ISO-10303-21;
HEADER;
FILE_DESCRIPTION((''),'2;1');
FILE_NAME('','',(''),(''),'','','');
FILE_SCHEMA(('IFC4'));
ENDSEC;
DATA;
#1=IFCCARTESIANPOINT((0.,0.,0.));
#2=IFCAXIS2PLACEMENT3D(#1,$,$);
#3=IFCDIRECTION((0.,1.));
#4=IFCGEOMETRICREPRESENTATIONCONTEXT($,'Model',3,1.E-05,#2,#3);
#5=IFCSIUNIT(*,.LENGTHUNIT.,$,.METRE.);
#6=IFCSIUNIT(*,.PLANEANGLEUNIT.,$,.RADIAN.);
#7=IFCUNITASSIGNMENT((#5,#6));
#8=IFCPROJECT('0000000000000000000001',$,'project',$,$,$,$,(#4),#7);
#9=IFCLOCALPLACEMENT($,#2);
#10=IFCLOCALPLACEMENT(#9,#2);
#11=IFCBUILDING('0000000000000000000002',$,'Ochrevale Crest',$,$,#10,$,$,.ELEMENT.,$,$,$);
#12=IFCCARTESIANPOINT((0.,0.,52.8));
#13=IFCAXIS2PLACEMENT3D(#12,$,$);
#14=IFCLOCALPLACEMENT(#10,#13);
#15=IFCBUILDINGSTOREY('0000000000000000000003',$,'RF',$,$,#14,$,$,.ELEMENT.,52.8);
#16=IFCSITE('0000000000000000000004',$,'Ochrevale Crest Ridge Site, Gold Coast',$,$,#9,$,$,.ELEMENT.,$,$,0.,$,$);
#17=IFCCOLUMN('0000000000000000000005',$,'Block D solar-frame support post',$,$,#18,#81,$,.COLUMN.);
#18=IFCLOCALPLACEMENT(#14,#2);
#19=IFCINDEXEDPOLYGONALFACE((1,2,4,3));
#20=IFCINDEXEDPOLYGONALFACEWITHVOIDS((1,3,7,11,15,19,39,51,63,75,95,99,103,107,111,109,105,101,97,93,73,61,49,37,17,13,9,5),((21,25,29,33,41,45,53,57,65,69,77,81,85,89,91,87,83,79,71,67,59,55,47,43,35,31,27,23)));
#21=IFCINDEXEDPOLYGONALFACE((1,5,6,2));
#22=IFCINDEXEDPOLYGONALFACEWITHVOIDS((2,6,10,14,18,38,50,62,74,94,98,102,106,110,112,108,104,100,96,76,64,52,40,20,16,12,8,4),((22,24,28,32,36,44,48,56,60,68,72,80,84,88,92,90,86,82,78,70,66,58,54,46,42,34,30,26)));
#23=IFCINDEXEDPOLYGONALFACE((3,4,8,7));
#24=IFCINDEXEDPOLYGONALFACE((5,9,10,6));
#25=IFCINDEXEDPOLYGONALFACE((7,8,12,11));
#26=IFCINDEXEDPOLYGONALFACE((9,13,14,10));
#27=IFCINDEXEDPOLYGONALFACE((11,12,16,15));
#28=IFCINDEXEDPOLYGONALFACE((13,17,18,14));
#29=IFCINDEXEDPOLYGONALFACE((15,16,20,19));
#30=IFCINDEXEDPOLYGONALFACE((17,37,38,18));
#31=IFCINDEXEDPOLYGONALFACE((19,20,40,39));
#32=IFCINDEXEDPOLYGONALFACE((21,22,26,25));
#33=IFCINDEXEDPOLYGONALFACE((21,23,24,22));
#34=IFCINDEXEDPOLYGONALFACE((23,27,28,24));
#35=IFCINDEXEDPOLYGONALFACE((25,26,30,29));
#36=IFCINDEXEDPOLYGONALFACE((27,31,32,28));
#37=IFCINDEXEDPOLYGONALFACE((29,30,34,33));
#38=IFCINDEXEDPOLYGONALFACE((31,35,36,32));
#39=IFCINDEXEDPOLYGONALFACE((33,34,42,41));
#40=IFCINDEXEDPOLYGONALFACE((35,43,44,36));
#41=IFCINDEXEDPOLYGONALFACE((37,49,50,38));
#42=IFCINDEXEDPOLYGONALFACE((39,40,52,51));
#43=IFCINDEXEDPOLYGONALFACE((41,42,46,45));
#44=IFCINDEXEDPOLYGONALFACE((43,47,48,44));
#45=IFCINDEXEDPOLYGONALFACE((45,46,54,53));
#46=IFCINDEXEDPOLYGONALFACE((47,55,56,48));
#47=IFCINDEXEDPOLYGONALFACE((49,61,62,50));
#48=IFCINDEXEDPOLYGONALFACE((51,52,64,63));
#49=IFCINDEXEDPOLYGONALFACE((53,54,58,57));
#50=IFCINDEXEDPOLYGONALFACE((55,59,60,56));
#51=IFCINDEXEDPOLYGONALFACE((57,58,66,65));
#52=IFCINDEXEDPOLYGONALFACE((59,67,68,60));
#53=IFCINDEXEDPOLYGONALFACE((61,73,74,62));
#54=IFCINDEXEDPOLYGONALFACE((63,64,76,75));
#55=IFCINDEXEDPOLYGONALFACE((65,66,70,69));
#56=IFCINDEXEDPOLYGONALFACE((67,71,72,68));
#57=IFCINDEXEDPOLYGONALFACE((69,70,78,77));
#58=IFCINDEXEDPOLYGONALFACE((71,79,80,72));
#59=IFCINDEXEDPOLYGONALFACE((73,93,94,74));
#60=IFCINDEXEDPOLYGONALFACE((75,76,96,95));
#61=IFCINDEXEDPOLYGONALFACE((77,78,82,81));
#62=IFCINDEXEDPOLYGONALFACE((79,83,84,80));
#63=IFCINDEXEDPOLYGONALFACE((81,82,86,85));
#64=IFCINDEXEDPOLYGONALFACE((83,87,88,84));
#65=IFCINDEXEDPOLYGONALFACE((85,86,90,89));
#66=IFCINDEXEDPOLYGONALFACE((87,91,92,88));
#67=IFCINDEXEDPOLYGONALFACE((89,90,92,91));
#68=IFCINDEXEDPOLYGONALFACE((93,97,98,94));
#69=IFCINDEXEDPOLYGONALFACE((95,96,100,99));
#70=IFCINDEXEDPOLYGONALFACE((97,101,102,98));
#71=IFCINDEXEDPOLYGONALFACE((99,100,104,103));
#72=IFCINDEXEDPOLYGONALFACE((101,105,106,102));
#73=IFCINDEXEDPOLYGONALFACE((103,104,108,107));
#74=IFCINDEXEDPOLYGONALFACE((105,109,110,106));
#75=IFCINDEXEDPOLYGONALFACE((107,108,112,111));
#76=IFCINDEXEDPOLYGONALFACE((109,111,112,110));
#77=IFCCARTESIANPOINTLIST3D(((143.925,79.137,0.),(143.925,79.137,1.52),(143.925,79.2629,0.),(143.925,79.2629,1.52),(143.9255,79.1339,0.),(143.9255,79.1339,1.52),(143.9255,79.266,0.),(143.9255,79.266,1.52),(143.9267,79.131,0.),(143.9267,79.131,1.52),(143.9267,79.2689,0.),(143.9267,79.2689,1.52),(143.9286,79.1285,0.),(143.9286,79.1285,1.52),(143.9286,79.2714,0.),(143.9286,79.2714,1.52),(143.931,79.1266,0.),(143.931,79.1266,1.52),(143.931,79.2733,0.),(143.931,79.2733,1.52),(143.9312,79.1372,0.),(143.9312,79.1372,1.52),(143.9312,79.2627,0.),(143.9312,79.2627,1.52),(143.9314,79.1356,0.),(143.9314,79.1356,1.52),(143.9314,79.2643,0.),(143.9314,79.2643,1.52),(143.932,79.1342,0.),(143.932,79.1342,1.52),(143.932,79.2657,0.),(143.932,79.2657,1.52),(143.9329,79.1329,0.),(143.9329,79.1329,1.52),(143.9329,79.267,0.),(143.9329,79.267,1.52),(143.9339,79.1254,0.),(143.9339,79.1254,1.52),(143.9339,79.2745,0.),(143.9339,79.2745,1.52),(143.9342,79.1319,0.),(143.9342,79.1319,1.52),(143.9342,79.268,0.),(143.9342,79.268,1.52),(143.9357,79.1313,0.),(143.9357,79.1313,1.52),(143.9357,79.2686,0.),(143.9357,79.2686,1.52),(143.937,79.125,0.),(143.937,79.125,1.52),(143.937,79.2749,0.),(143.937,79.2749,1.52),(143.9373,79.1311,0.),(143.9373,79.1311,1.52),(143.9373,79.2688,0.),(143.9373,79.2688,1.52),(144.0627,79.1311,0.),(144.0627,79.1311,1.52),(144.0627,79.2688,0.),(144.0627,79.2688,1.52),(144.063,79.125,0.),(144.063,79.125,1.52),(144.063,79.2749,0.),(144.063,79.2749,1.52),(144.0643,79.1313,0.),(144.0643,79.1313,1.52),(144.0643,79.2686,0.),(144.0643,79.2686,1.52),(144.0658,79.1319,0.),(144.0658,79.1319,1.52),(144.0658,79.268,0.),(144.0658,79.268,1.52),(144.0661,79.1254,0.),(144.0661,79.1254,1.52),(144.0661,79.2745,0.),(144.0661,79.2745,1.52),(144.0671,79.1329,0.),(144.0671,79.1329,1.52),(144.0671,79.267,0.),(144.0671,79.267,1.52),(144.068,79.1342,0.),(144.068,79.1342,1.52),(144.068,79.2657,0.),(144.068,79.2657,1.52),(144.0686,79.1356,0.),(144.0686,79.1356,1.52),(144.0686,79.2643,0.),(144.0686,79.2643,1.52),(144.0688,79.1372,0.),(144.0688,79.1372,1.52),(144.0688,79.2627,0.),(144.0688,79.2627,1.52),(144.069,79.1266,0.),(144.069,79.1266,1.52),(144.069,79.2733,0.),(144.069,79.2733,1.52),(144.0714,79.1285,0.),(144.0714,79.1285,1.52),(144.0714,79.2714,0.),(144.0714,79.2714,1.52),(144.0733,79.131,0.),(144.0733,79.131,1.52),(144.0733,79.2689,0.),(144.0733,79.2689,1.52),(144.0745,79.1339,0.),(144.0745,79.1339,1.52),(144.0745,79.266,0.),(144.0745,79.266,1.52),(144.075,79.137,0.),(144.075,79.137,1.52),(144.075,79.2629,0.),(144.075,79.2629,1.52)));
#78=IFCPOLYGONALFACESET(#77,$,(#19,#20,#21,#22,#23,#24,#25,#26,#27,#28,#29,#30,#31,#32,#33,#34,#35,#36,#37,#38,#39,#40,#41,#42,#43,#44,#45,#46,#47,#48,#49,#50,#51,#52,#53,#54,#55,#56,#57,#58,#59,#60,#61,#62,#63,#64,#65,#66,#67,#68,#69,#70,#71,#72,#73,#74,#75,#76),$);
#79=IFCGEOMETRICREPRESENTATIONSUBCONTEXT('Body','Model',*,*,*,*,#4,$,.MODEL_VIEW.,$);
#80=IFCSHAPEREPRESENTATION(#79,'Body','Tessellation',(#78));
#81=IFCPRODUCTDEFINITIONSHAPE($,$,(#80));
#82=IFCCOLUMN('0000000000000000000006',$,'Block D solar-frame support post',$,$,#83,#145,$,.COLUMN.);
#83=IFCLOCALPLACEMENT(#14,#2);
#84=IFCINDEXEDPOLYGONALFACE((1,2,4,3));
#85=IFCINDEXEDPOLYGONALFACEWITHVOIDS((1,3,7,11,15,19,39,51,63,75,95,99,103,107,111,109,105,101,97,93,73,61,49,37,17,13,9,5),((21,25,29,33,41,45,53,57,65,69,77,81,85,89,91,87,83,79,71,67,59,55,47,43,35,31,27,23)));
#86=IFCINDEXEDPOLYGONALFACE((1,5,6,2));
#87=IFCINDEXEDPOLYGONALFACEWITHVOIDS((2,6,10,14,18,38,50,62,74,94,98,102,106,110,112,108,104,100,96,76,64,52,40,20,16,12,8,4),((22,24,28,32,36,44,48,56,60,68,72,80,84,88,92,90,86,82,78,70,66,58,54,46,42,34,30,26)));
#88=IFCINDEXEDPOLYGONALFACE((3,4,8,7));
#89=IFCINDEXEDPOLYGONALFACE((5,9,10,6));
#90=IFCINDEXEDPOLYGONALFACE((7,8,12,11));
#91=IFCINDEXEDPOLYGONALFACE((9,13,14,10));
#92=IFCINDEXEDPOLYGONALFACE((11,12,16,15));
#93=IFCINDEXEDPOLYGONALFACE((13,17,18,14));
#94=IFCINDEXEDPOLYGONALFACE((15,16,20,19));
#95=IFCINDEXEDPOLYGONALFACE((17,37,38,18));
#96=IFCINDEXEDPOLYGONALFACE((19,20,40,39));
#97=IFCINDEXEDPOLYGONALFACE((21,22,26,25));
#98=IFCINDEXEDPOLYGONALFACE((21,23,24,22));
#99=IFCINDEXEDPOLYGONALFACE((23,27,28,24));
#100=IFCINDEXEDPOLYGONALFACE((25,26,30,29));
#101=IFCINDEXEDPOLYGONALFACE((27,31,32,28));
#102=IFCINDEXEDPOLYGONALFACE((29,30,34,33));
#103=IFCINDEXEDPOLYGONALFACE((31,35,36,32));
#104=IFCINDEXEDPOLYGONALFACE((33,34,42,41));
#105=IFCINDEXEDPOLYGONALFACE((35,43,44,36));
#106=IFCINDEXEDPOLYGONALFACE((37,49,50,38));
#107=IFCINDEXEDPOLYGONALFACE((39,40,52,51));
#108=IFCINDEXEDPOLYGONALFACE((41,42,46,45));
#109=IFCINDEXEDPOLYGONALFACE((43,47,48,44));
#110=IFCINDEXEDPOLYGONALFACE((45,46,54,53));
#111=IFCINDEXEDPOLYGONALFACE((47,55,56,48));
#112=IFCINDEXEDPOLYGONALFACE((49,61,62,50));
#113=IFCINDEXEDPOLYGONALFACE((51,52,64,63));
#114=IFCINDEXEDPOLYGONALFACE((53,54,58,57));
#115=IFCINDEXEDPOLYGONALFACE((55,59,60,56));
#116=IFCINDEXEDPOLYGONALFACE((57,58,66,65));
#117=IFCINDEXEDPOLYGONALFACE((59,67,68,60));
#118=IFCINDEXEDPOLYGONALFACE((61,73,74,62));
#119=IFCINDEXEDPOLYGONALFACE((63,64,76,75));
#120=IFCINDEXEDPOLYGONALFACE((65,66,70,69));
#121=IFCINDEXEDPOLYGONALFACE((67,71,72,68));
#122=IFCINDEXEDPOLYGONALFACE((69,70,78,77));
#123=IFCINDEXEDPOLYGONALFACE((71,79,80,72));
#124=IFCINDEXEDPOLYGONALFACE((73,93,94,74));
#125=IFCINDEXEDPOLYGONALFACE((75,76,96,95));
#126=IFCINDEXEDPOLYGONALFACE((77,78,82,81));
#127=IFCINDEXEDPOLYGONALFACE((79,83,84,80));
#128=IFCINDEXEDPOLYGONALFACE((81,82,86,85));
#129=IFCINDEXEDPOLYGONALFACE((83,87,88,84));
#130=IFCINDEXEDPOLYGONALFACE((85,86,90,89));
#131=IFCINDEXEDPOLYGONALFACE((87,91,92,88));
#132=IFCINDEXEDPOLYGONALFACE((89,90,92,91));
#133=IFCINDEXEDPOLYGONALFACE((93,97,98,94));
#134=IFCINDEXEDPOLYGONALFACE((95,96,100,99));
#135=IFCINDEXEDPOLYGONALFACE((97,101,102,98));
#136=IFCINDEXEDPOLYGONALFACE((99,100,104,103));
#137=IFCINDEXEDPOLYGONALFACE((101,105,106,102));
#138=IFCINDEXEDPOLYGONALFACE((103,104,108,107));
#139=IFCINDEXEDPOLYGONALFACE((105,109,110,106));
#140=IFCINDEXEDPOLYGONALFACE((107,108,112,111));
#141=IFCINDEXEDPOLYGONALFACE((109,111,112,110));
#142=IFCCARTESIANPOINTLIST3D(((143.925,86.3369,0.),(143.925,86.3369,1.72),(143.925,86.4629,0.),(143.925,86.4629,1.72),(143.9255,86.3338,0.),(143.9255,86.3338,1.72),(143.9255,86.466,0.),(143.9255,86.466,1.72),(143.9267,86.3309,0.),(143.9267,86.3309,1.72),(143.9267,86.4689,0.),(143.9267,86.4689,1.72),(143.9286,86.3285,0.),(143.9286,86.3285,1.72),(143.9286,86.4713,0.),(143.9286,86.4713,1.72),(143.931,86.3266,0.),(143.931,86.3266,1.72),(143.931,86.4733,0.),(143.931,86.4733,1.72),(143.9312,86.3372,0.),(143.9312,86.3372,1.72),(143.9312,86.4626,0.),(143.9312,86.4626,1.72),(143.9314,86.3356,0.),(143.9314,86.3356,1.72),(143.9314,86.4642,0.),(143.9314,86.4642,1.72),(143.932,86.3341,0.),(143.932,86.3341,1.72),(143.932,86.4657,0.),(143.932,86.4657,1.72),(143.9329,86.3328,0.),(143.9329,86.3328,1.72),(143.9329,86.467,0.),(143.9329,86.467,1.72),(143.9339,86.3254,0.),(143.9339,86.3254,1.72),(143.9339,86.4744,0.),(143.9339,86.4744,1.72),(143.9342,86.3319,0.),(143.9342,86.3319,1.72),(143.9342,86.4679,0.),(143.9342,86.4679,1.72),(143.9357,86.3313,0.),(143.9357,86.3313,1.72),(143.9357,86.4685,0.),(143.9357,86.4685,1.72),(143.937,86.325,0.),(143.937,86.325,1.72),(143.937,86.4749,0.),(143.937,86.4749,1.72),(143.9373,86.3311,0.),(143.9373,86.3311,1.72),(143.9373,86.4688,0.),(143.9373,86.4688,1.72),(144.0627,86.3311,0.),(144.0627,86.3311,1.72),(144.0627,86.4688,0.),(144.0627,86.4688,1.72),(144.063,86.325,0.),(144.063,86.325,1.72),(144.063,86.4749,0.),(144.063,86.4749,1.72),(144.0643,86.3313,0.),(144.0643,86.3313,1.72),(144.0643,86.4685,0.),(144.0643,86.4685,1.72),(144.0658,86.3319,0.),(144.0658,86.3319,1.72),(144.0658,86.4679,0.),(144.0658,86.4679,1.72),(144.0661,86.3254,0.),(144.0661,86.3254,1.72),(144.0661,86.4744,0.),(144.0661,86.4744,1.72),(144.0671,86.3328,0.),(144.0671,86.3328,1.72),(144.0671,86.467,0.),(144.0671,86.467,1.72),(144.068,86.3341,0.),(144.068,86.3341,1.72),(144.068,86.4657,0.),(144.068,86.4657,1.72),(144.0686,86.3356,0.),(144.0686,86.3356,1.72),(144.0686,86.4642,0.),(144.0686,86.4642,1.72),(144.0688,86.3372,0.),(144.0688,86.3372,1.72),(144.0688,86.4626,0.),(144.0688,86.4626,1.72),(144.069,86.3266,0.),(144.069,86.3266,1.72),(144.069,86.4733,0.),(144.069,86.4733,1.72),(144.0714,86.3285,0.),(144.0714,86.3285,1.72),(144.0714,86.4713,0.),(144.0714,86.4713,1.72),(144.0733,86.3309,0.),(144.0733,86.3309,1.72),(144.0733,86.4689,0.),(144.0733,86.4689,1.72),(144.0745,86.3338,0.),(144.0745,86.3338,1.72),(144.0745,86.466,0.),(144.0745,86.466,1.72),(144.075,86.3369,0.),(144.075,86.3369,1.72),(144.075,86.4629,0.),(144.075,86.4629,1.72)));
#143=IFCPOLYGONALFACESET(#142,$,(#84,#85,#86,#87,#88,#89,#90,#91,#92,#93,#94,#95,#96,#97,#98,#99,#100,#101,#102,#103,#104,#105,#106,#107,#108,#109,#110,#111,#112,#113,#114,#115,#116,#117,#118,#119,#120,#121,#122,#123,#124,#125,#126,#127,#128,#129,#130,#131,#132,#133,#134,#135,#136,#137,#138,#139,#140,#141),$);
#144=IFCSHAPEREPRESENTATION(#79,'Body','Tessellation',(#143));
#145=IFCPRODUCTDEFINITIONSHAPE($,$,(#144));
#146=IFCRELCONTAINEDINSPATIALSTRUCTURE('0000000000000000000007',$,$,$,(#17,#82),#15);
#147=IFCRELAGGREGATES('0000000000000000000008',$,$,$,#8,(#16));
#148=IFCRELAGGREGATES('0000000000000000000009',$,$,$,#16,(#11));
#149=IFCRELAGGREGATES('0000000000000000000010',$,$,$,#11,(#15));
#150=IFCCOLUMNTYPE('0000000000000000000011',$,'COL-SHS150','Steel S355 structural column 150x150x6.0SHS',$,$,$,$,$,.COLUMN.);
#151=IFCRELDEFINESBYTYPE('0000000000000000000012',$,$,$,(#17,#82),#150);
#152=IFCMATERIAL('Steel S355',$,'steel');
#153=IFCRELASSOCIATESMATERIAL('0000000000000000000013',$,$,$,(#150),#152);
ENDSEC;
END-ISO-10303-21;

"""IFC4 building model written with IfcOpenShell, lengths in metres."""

from ifc_helpers import new_model, si_unit, direction, frame, origin, origin_2d, place, context, subcontext, project, spatial, hollow_rectangle, extrude, material, material_profile, profile_set, type_object, element, save


model = new_model("IFC4")

# Units and contexts
model_context = context("Model", 3, precision=1e-05, world=origin(), true_north=direction((0.0, 1.0)))
body_context = subcontext(model_context, "Body", "Model", "MODEL_VIEW")
ifc_project = project(units=[si_unit("LENGTHUNIT", "METRE"), si_unit("PLANEANGLEUNIT", "RADIAN")], contexts=[model_context])

# Site, building, storey
site_placement = place(None, origin())
site = spatial("IfcSite", under=ifc_project, at=site_placement, Name="Ochrevale Crest Ridge Site, Gold Coast", CompositionType="ELEMENT", RefElevation=0.0)
building_placement = place(site_placement, origin())
building = spatial("IfcBuilding", under=site, at=building_placement, Name="Ochrevale Crest", CompositionType="ELEMENT")
storey_placement = place(building_placement, frame((0.0, 0.0, 52.8)))
storey = spatial("IfcBuildingStorey", under=building, at=storey_placement, Name="RF", CompositionType="ELEMENT", Elevation=52.8)

# Columns
ifc_material_1 = material(Name="Steel S355", Category="steel")
ifc_material_profile_1 = material_profile(ifc_material_1, hollow_rectangle(XDim=0.1499, YDim=0.1499, WallThickness=0.0061, InnerFilletRadius=0.0061, OuterFilletRadius=0.012, at=origin_2d()), Name="150x150x6.0SHS")
ifc_profile_set_1 = profile_set([ifc_material_profile_1], Name="Steel S355")
column_type = type_object("IfcColumnType", Name="COL-SHS150", Description="Steel S355 structural column 150x150x6.0SHS", PredefinedType="COLUMN", material=ifc_profile_set_1)
column_1_placement = place(storey_placement, frame((144.0, 79.2, 0.0), z_axis=(0.0, 0.0, 1.0), x_axis=(1.0, 0.0, 0.0)))
element("IfcColumn", 1, at=column_1_placement, inside=storey, type_object=column_type, Name="Block D solar-frame support post", PredefinedType="COLUMN", context=body_context, shape_type="SweptSolid", body=[
    extrude(hollow_rectangle(XDim=0.1499, YDim=0.1499, WallThickness=0.0061, InnerFilletRadius=0.0061, OuterFilletRadius=0.012, at=origin_2d()), origin(), (0.0, 0.0, 1.0), 1.52),
])
column_2_placement = place(storey_placement, frame((144.0, 86.3999, 0.0), z_axis=(0.0, 0.0, 1.0), x_axis=(1.0, 0.0, 0.0)))
element("IfcColumn", 2, at=column_2_placement, inside=storey, type_object=column_type, Name="Block D solar-frame support post", PredefinedType="COLUMN", context=body_context, shape_type="SweptSolid", body=[
    extrude(hollow_rectangle(XDim=0.1499, YDim=0.1499, WallThickness=0.0061, InnerFilletRadius=0.0061, OuterFilletRadius=0.012, at=origin_2d()), origin(), (0.0, 0.0, 1.0), 1.72),
])

save(model, "model.ifc")
